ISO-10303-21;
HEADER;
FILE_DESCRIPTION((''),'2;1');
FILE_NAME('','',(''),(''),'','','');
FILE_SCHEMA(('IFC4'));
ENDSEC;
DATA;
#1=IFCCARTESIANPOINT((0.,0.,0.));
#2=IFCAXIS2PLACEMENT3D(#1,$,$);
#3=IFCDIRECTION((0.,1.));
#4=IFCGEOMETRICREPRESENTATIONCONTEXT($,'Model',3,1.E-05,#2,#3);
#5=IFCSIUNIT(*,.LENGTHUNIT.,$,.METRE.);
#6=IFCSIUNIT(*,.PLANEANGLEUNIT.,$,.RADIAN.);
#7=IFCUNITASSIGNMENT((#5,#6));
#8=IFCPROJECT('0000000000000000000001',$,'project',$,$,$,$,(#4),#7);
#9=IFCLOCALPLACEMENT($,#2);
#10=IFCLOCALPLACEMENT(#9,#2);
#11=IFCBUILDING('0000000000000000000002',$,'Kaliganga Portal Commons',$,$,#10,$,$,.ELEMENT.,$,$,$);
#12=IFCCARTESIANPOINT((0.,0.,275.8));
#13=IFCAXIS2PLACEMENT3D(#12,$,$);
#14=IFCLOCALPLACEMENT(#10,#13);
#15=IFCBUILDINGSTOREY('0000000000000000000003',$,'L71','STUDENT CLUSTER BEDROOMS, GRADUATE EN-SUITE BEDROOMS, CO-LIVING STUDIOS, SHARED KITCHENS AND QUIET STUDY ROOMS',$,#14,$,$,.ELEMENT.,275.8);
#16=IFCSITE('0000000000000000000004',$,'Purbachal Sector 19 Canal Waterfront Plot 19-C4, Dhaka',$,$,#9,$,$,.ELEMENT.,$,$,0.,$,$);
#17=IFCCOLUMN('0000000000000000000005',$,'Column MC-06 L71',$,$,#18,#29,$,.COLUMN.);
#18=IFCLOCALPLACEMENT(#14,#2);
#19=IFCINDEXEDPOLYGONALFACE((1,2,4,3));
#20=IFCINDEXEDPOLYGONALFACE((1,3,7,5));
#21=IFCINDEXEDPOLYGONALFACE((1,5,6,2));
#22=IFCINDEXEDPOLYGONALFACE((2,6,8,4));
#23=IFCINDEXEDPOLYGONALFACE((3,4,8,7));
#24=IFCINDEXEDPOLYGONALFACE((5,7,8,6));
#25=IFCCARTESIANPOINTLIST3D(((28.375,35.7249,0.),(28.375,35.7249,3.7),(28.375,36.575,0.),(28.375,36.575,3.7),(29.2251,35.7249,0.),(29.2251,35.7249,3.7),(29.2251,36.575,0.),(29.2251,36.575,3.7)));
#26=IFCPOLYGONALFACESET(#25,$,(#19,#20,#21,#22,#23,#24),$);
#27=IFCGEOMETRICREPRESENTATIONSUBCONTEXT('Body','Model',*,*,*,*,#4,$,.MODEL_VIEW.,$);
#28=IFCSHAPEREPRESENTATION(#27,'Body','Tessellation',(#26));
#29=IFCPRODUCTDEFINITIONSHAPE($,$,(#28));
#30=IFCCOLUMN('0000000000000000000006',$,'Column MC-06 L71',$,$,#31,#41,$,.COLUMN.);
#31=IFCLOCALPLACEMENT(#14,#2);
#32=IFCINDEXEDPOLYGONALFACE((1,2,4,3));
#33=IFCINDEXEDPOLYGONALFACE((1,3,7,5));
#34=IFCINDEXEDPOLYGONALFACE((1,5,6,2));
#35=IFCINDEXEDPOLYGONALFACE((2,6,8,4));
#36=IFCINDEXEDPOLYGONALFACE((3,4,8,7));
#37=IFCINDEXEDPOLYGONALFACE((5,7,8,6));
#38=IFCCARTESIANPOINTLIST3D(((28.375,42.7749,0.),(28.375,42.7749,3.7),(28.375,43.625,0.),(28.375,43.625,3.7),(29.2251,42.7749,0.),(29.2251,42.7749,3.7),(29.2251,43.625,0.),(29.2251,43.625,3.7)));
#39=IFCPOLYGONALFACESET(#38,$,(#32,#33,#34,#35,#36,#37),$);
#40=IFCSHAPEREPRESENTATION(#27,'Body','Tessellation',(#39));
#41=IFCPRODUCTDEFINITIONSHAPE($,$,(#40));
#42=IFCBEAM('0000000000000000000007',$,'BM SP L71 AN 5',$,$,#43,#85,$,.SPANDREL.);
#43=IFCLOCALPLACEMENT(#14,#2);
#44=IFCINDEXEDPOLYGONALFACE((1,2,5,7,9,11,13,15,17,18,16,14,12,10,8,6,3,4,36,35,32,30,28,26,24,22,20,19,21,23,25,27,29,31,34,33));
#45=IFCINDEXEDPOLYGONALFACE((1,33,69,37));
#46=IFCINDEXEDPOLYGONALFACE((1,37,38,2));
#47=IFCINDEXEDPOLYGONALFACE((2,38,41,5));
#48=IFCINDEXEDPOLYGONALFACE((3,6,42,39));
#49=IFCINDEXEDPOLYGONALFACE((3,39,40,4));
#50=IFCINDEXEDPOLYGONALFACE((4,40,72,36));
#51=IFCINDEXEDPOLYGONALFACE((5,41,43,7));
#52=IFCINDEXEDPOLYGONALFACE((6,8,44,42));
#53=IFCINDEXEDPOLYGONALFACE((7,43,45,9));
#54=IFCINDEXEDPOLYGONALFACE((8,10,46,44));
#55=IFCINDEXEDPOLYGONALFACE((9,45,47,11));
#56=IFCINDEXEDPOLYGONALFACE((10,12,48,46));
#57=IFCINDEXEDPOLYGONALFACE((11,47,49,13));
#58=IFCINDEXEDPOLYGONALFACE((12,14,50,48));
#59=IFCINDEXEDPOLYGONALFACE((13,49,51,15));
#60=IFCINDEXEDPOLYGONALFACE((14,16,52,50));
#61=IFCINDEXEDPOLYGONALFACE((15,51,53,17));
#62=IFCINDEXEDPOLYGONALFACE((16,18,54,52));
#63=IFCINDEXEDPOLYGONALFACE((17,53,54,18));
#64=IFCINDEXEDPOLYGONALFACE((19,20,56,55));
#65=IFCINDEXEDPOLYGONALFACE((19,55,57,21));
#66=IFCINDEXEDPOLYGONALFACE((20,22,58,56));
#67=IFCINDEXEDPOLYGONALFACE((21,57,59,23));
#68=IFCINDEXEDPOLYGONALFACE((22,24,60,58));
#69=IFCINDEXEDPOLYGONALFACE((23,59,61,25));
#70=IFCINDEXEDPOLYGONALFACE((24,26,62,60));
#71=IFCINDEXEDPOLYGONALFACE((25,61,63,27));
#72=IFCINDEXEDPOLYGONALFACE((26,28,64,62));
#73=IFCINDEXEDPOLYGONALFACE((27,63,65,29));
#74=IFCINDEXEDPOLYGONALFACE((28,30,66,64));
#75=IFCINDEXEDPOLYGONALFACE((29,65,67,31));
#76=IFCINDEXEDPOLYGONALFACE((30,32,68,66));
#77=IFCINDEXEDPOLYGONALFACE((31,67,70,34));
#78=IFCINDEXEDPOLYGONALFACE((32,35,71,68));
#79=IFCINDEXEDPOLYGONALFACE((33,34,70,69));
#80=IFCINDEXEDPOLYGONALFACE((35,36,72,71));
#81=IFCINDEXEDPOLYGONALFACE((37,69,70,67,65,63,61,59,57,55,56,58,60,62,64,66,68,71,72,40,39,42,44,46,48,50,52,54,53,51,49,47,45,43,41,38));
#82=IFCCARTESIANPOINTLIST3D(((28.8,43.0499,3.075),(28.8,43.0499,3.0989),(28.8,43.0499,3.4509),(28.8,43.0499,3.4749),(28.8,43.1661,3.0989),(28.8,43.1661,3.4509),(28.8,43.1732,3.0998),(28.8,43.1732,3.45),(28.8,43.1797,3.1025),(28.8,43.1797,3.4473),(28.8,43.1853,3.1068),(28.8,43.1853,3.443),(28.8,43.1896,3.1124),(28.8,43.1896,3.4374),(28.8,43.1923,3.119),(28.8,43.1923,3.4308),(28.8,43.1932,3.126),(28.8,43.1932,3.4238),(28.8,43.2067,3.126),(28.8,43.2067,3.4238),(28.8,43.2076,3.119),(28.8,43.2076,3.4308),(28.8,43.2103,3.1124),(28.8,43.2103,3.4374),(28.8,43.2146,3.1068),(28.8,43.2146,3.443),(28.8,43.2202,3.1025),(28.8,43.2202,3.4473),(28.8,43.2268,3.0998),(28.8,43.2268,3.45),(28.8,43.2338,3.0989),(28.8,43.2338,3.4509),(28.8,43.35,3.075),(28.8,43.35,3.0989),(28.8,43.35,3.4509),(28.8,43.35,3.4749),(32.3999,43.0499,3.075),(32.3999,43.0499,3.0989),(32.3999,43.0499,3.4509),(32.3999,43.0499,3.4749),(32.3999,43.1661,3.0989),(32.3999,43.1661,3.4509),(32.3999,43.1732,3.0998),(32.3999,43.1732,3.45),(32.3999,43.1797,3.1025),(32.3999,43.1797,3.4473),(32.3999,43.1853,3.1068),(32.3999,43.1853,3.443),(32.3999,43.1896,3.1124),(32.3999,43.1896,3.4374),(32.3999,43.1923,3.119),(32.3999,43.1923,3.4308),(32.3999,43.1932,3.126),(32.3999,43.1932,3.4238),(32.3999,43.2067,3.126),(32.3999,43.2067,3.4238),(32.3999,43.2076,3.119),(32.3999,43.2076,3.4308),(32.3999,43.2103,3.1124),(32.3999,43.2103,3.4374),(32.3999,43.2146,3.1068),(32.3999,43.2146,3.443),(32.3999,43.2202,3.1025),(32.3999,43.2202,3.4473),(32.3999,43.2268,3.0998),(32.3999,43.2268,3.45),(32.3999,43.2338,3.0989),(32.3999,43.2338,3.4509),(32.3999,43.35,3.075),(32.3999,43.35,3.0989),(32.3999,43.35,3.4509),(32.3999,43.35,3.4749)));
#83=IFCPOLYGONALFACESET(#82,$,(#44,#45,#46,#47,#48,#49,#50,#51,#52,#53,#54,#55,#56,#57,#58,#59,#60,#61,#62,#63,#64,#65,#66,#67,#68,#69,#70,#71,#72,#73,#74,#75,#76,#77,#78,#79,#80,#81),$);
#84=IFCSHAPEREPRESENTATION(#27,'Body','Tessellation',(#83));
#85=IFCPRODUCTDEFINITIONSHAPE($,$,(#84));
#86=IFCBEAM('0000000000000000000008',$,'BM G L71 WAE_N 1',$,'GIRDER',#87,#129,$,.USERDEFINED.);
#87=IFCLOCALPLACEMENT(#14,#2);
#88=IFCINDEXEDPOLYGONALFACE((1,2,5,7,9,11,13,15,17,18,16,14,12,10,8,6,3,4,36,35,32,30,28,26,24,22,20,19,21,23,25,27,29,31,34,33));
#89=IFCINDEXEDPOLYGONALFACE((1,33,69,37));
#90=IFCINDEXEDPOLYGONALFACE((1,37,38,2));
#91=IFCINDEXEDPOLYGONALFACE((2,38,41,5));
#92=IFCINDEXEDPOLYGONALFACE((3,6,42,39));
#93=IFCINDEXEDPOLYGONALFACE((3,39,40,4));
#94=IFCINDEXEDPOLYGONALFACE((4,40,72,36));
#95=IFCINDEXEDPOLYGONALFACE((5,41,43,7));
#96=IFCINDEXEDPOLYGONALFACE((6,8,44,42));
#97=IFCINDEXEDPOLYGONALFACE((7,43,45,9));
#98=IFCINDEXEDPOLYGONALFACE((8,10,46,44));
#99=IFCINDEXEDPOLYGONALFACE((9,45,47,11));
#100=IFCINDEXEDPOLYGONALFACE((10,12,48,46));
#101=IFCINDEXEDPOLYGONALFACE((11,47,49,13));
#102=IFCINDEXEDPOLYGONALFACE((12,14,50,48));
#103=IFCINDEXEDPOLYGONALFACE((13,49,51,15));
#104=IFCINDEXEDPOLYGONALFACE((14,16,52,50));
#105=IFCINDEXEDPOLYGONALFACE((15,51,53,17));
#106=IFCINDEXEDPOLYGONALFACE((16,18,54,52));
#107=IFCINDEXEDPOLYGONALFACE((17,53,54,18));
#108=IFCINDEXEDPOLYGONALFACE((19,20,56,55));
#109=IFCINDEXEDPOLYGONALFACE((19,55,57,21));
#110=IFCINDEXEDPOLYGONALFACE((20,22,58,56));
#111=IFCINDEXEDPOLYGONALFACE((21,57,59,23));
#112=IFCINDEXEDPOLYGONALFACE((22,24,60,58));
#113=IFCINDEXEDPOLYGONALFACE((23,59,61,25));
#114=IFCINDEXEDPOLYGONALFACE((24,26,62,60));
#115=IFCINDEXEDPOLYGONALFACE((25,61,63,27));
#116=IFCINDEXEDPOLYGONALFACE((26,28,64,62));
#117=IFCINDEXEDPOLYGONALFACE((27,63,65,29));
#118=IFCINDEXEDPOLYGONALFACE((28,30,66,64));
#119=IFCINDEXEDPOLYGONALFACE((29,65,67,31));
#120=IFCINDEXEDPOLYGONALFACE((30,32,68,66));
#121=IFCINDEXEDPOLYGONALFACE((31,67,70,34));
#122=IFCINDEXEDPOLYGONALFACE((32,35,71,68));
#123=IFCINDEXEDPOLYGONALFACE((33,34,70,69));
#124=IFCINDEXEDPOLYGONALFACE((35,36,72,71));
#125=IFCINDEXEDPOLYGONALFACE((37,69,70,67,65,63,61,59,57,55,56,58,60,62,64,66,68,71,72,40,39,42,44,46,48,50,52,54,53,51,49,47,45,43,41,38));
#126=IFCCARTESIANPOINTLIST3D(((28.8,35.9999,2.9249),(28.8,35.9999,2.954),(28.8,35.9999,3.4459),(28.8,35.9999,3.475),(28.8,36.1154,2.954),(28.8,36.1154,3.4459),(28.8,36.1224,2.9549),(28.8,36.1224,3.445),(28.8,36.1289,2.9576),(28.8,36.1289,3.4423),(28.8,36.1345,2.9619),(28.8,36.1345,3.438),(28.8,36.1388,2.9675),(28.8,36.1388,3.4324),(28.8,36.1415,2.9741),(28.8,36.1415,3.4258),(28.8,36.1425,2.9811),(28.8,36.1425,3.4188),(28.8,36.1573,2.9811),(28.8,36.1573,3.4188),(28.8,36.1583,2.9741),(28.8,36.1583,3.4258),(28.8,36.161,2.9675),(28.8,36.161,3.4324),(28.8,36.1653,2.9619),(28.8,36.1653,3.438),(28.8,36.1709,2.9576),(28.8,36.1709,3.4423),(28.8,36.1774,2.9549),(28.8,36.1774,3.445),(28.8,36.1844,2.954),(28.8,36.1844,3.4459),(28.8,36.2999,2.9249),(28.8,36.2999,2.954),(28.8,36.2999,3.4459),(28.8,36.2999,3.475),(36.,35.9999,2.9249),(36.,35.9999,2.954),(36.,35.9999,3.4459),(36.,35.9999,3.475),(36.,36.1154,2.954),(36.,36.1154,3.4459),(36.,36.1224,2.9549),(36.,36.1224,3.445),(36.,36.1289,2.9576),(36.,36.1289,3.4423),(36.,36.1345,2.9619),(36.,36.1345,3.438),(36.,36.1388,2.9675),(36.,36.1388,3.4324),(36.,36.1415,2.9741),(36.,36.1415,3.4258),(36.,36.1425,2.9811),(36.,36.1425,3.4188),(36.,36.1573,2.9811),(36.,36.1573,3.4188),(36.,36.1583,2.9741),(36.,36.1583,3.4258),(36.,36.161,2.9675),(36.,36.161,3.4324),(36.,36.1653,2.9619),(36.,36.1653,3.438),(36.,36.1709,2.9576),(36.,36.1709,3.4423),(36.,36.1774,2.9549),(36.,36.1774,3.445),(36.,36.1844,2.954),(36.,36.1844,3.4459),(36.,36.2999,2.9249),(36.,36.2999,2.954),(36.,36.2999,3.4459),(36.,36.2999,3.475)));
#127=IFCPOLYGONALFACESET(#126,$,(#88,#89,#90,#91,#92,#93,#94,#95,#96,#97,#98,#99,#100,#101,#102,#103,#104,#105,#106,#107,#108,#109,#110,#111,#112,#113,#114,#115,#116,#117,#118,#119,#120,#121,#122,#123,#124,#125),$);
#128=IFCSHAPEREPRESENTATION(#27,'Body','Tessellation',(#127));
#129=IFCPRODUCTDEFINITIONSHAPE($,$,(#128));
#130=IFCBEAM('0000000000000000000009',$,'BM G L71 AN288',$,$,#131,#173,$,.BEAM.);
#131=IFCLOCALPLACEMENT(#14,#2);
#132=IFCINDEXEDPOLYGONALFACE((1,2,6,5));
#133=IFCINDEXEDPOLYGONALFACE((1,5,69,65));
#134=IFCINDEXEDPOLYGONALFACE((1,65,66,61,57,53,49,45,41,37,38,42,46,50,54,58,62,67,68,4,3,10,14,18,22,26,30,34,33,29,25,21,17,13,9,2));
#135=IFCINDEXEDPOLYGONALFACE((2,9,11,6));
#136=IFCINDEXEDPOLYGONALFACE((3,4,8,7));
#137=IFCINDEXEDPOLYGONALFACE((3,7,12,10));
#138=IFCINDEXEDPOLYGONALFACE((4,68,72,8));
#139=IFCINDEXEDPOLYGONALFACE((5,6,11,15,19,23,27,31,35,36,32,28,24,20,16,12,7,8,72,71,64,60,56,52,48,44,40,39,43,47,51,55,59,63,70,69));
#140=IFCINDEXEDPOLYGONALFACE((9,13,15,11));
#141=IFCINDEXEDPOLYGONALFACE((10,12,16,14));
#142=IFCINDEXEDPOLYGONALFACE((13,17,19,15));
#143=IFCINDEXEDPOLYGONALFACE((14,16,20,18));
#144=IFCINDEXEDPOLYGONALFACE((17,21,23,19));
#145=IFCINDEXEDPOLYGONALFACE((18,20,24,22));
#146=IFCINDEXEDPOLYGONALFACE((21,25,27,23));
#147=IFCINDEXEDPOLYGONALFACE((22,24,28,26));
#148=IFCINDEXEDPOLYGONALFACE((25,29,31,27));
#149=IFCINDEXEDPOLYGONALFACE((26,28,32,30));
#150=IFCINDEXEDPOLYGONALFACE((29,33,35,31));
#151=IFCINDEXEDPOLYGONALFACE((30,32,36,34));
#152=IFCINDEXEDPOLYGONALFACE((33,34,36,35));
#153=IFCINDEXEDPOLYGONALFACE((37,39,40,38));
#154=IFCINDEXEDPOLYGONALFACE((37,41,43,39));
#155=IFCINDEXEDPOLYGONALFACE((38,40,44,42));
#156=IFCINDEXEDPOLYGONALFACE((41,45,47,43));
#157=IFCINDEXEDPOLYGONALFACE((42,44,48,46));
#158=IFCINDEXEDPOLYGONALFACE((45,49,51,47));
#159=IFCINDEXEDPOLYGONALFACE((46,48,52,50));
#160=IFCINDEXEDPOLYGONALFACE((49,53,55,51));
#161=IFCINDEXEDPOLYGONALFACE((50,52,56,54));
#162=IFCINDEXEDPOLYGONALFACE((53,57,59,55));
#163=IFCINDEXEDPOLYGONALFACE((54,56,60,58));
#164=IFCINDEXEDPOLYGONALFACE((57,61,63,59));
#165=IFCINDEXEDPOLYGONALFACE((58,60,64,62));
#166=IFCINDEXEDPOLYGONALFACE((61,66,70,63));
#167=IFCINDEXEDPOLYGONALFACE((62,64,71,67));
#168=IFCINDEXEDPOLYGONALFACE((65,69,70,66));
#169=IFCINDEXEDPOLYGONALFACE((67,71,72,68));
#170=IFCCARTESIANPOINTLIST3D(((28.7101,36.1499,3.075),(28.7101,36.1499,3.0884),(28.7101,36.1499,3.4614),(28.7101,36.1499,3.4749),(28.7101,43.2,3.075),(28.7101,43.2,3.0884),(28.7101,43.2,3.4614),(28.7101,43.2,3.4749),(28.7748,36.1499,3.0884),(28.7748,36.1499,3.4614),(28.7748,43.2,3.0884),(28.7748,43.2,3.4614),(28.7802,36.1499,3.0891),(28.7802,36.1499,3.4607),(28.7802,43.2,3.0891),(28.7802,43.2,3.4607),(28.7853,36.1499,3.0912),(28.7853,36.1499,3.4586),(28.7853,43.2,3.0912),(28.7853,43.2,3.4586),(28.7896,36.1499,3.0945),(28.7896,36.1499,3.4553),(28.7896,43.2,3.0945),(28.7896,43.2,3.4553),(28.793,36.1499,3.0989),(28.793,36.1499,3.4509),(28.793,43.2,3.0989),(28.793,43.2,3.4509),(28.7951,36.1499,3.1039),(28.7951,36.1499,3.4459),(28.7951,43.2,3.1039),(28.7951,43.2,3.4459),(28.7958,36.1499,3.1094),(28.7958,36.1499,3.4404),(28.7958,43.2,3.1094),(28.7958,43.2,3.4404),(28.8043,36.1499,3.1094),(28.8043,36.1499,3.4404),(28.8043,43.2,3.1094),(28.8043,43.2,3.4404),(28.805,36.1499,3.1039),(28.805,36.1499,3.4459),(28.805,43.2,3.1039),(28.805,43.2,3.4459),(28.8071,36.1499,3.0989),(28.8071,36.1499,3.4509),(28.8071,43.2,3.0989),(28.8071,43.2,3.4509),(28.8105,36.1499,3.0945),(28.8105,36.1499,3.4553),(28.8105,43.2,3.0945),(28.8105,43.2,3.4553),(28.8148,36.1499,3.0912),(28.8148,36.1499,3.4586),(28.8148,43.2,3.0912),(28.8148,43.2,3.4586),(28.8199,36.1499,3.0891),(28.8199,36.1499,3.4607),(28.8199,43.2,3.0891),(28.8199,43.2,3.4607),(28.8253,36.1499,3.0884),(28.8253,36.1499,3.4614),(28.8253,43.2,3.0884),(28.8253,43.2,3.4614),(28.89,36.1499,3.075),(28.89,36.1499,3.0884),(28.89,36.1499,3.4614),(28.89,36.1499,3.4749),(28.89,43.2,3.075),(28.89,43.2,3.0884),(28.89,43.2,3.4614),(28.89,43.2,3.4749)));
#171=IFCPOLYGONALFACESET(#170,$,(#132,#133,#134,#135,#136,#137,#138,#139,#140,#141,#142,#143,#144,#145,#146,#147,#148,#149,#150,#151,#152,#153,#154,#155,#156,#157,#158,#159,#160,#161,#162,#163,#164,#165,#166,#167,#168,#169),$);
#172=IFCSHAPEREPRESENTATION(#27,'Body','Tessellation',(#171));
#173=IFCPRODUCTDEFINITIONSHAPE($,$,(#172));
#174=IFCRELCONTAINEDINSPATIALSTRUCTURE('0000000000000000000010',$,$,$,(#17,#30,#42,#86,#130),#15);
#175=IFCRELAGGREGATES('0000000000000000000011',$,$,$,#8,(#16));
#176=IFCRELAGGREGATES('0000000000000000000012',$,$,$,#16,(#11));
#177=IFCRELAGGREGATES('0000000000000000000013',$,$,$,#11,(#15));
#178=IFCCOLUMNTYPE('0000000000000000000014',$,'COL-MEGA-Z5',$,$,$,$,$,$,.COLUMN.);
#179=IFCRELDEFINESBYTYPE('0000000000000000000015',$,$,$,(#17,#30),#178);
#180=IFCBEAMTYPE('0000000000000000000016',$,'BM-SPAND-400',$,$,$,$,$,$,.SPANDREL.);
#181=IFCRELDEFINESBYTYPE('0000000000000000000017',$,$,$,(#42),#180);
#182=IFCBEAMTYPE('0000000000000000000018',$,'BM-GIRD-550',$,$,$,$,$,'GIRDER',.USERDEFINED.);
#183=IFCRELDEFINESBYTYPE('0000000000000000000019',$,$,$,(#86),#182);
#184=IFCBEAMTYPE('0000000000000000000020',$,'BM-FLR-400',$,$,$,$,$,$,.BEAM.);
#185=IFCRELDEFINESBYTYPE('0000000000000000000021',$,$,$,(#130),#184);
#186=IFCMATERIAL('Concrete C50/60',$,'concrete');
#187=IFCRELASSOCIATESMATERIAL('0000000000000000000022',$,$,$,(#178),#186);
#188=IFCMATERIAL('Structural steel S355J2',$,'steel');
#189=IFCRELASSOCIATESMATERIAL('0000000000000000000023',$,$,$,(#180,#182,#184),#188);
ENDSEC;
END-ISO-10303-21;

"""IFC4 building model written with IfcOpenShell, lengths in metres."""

from ifc_helpers import new_model, si_unit, direction, frame, origin, origin_2d, place, context, subcontext, project, spatial, rectangle, i_section, extrude, source, transform, mapped, material, material_profile, profile_set, type_object, element, save


model = new_model("IFC4")

# Units and contexts
model_context = context("Model", 3, precision=1e-05, world=origin(), true_north=direction((0.0, 1.0)))
body_context = subcontext(model_context, "Body", "Model", "MODEL_VIEW")
ifc_project = project(units=[si_unit("LENGTHUNIT", "METRE"), si_unit("PLANEANGLEUNIT", "RADIAN")], contexts=[model_context])

# Site, building, storey
site_placement = place(None, origin())
site = spatial("IfcSite", under=ifc_project, at=site_placement, Name="Purbachal Sector 19 Canal Waterfront Plot 19-C4, Dhaka", CompositionType="ELEMENT", RefElevation=0.0)
building_placement = place(site_placement, origin())
building = spatial("IfcBuilding", under=site, at=building_placement, Name="Kaliganga Portal Commons", CompositionType="ELEMENT")
storey_placement = place(building_placement, frame((0.0, 0.0, 275.8)))
storey = spatial("IfcBuildingStorey", under=building, at=storey_placement, Name="L71", Description="STUDENT CLUSTER BEDROOMS, GRADUATE EN-SUITE BEDROOMS, CO-LIVING STUDIOS, SHARED KITCHENS AND QUIET STUDY ROOMS", CompositionType="ELEMENT", Elevation=275.8)

# Columns
ifc_material_1 = material(Name="Concrete C50/60", Category="concrete")
ifc_material_profile_1 = material_profile(ifc_material_1, rectangle(XDim=0.8501, YDim=0.8501, at=origin_2d()), Name="RC 850x850")
ifc_profile_set_1 = profile_set([ifc_material_profile_1], Name="Concrete C50/60")
column_type = type_object("IfcColumnType", Name="COL-MEGA-Z5", PredefinedType="COLUMN", material=ifc_profile_set_1)
shared_shape_1 = source(origin(), body_context, "Body", "SweptSolid", [
    extrude(rectangle(XDim=0.8501, YDim=0.8501, at=origin_2d()), origin(), (0.0, 0.0, 1.0), 3.7),
])
for number, where, z_axis, x_axis, name in (
    (1, (28.8, 36.1499, 0.0), (0.0, 0.0, 1.0), (1.0, 0.0, 0.0), "Column MC-06 L71"),
    (2, (28.8, 43.2, 0.0), (0.0, 0.0, 1.0), (1.0, 0.0, 0.0), "Column MC-06 L71"),
):
    element("IfcColumn", number, at=place(storey_placement, frame(where, z_axis=z_axis, x_axis=x_axis)), inside=storey, type_object=column_type, Name=name, PredefinedType="COLUMN", context=body_context, shape_type="MappedRepresentation", body=[
        mapped(shared_shape_1, transform((0.0, 0.0, 0.0), x_axis=(1.0, 0.0, 0.0), y_axis=(0.0, 1.0, 0.0), z_axis=(0.0, 0.0, 1.0), scale=1.0)),
    ])

# Beams
ifc_material_2 = material(Name="Structural steel S355J2", Category="steel")
ifc_material_profile_2 = material_profile(ifc_material_2, i_section(OverallWidth=0.3, OverallDepth=0.3999, WebThickness=0.0134, FlangeThickness=0.0239, FilletRadius=0.0271, at=origin_2d()), Name="HE 400 B")
ifc_profile_set_2 = profile_set([ifc_material_profile_2], Name="Structural steel S355J2 wide-flange")
beam_type_1 = type_object("IfcBeamType", Name="BM-SPAND-400", PredefinedType="SPANDREL", material=ifc_profile_set_2)
shared_shape_2 = source(origin(), body_context, "Body", "SweptSolid", [
    extrude(i_section(OverallWidth=0.3, OverallDepth=0.3999, WebThickness=0.0134, FlangeThickness=0.0239, FilletRadius=0.0271, at=origin_2d()), origin(), (0.0, 0.0, 1.0), 3.5999),
])
beam_1_placement = place(storey_placement, frame((28.8, 43.2, 3.2749), z_axis=(1.0, 0.0, 0.0), x_axis=(0.0, 1.0, 0.0)))
element("IfcBeam", 3, at=beam_1_placement, inside=storey, type_object=beam_type_1, Name="BM SP L71 AN 5", PredefinedType="SPANDREL", context=body_context, shape_type="MappedRepresentation", body=[
    mapped(shared_shape_2, transform((0.0, 0.0, 0.0), x_axis=(1.0, 0.0, 0.0), y_axis=(0.0, 1.0, 0.0), z_axis=(0.0, 0.0, 1.0), scale=1.0)),
])
ifc_material_profile_3 = material_profile(ifc_material_2, i_section(OverallWidth=0.3, OverallDepth=0.55, WebThickness=0.0149, FlangeThickness=0.0291, FilletRadius=0.0271, at=origin_2d()), Name="HE 550 B")
ifc_profile_set_3 = profile_set([ifc_material_profile_3], Name="Structural steel S355J2 wide-flange")
beam_type_2 = type_object("IfcBeamType", Name="BM-GIRD-550", ElementType="GIRDER", PredefinedType="USERDEFINED", material=ifc_profile_set_3)
shared_shape_3 = source(origin(), body_context, "Body", "SweptSolid", [
    extrude(i_section(OverallWidth=0.3, OverallDepth=0.55, WebThickness=0.0149, FlangeThickness=0.0291, FilletRadius=0.0271, at=origin_2d()), origin(), (0.0, 0.0, 1.0), 7.2),
])
beam_2_placement = place(storey_placement, frame((28.8, 36.1499, 3.2), z_axis=(1.0, 0.0, 0.0), x_axis=(0.0, 1.0, 0.0)))
element("IfcBeam", 4, at=beam_2_placement, inside=storey, type_object=beam_type_2, Name="BM G L71 WAE_N 1", ObjectType="GIRDER", PredefinedType="USERDEFINED", context=body_context, shape_type="MappedRepresentation", body=[
    mapped(shared_shape_3, transform((0.0, 0.0, 0.0), x_axis=(1.0, 0.0, 0.0), y_axis=(0.0, 1.0, 0.0), z_axis=(0.0, 0.0, 1.0), scale=1.0)),
])
ifc_material_profile_4 = material_profile(ifc_material_2, i_section(OverallWidth=0.1799, OverallDepth=0.3999, WebThickness=0.0085, FlangeThickness=0.0134, FilletRadius=0.021, at=origin_2d()), Name="IPE 400")
ifc_profile_set_4 = profile_set([ifc_material_profile_4], Name="Structural steel S355J2 wide-flange")
beam_type_3 = type_object("IfcBeamType", Name="BM-FLR-400", PredefinedType="BEAM", material=ifc_profile_set_4)
shared_shape_4 = source(origin(), body_context, "Body", "SweptSolid", [
    extrude(i_section(OverallWidth=0.1799, OverallDepth=0.3999, WebThickness=0.0085, FlangeThickness=0.0134, FilletRadius=0.021, at=origin_2d()), origin(), (0.0, 0.0, 1.0), 7.05),
])
beam_3_placement = place(storey_placement, frame((28.8, 36.1499, 3.2749), z_axis=(0.0, 1.0, 0.0), x_axis=(-1.0, 0.0, 0.0)))
element("IfcBeam", 5, at=beam_3_placement, inside=storey, type_object=beam_type_3, Name="BM G L71 AN288", PredefinedType="BEAM", context=body_context, shape_type="MappedRepresentation", body=[
    mapped(shared_shape_4, transform((0.0, 0.0, 0.0), x_axis=(1.0, 0.0, 0.0), y_axis=(0.0, 1.0, 0.0), z_axis=(0.0, 0.0, 1.0), scale=1.0)),
])

save(model, "model.ifc")
